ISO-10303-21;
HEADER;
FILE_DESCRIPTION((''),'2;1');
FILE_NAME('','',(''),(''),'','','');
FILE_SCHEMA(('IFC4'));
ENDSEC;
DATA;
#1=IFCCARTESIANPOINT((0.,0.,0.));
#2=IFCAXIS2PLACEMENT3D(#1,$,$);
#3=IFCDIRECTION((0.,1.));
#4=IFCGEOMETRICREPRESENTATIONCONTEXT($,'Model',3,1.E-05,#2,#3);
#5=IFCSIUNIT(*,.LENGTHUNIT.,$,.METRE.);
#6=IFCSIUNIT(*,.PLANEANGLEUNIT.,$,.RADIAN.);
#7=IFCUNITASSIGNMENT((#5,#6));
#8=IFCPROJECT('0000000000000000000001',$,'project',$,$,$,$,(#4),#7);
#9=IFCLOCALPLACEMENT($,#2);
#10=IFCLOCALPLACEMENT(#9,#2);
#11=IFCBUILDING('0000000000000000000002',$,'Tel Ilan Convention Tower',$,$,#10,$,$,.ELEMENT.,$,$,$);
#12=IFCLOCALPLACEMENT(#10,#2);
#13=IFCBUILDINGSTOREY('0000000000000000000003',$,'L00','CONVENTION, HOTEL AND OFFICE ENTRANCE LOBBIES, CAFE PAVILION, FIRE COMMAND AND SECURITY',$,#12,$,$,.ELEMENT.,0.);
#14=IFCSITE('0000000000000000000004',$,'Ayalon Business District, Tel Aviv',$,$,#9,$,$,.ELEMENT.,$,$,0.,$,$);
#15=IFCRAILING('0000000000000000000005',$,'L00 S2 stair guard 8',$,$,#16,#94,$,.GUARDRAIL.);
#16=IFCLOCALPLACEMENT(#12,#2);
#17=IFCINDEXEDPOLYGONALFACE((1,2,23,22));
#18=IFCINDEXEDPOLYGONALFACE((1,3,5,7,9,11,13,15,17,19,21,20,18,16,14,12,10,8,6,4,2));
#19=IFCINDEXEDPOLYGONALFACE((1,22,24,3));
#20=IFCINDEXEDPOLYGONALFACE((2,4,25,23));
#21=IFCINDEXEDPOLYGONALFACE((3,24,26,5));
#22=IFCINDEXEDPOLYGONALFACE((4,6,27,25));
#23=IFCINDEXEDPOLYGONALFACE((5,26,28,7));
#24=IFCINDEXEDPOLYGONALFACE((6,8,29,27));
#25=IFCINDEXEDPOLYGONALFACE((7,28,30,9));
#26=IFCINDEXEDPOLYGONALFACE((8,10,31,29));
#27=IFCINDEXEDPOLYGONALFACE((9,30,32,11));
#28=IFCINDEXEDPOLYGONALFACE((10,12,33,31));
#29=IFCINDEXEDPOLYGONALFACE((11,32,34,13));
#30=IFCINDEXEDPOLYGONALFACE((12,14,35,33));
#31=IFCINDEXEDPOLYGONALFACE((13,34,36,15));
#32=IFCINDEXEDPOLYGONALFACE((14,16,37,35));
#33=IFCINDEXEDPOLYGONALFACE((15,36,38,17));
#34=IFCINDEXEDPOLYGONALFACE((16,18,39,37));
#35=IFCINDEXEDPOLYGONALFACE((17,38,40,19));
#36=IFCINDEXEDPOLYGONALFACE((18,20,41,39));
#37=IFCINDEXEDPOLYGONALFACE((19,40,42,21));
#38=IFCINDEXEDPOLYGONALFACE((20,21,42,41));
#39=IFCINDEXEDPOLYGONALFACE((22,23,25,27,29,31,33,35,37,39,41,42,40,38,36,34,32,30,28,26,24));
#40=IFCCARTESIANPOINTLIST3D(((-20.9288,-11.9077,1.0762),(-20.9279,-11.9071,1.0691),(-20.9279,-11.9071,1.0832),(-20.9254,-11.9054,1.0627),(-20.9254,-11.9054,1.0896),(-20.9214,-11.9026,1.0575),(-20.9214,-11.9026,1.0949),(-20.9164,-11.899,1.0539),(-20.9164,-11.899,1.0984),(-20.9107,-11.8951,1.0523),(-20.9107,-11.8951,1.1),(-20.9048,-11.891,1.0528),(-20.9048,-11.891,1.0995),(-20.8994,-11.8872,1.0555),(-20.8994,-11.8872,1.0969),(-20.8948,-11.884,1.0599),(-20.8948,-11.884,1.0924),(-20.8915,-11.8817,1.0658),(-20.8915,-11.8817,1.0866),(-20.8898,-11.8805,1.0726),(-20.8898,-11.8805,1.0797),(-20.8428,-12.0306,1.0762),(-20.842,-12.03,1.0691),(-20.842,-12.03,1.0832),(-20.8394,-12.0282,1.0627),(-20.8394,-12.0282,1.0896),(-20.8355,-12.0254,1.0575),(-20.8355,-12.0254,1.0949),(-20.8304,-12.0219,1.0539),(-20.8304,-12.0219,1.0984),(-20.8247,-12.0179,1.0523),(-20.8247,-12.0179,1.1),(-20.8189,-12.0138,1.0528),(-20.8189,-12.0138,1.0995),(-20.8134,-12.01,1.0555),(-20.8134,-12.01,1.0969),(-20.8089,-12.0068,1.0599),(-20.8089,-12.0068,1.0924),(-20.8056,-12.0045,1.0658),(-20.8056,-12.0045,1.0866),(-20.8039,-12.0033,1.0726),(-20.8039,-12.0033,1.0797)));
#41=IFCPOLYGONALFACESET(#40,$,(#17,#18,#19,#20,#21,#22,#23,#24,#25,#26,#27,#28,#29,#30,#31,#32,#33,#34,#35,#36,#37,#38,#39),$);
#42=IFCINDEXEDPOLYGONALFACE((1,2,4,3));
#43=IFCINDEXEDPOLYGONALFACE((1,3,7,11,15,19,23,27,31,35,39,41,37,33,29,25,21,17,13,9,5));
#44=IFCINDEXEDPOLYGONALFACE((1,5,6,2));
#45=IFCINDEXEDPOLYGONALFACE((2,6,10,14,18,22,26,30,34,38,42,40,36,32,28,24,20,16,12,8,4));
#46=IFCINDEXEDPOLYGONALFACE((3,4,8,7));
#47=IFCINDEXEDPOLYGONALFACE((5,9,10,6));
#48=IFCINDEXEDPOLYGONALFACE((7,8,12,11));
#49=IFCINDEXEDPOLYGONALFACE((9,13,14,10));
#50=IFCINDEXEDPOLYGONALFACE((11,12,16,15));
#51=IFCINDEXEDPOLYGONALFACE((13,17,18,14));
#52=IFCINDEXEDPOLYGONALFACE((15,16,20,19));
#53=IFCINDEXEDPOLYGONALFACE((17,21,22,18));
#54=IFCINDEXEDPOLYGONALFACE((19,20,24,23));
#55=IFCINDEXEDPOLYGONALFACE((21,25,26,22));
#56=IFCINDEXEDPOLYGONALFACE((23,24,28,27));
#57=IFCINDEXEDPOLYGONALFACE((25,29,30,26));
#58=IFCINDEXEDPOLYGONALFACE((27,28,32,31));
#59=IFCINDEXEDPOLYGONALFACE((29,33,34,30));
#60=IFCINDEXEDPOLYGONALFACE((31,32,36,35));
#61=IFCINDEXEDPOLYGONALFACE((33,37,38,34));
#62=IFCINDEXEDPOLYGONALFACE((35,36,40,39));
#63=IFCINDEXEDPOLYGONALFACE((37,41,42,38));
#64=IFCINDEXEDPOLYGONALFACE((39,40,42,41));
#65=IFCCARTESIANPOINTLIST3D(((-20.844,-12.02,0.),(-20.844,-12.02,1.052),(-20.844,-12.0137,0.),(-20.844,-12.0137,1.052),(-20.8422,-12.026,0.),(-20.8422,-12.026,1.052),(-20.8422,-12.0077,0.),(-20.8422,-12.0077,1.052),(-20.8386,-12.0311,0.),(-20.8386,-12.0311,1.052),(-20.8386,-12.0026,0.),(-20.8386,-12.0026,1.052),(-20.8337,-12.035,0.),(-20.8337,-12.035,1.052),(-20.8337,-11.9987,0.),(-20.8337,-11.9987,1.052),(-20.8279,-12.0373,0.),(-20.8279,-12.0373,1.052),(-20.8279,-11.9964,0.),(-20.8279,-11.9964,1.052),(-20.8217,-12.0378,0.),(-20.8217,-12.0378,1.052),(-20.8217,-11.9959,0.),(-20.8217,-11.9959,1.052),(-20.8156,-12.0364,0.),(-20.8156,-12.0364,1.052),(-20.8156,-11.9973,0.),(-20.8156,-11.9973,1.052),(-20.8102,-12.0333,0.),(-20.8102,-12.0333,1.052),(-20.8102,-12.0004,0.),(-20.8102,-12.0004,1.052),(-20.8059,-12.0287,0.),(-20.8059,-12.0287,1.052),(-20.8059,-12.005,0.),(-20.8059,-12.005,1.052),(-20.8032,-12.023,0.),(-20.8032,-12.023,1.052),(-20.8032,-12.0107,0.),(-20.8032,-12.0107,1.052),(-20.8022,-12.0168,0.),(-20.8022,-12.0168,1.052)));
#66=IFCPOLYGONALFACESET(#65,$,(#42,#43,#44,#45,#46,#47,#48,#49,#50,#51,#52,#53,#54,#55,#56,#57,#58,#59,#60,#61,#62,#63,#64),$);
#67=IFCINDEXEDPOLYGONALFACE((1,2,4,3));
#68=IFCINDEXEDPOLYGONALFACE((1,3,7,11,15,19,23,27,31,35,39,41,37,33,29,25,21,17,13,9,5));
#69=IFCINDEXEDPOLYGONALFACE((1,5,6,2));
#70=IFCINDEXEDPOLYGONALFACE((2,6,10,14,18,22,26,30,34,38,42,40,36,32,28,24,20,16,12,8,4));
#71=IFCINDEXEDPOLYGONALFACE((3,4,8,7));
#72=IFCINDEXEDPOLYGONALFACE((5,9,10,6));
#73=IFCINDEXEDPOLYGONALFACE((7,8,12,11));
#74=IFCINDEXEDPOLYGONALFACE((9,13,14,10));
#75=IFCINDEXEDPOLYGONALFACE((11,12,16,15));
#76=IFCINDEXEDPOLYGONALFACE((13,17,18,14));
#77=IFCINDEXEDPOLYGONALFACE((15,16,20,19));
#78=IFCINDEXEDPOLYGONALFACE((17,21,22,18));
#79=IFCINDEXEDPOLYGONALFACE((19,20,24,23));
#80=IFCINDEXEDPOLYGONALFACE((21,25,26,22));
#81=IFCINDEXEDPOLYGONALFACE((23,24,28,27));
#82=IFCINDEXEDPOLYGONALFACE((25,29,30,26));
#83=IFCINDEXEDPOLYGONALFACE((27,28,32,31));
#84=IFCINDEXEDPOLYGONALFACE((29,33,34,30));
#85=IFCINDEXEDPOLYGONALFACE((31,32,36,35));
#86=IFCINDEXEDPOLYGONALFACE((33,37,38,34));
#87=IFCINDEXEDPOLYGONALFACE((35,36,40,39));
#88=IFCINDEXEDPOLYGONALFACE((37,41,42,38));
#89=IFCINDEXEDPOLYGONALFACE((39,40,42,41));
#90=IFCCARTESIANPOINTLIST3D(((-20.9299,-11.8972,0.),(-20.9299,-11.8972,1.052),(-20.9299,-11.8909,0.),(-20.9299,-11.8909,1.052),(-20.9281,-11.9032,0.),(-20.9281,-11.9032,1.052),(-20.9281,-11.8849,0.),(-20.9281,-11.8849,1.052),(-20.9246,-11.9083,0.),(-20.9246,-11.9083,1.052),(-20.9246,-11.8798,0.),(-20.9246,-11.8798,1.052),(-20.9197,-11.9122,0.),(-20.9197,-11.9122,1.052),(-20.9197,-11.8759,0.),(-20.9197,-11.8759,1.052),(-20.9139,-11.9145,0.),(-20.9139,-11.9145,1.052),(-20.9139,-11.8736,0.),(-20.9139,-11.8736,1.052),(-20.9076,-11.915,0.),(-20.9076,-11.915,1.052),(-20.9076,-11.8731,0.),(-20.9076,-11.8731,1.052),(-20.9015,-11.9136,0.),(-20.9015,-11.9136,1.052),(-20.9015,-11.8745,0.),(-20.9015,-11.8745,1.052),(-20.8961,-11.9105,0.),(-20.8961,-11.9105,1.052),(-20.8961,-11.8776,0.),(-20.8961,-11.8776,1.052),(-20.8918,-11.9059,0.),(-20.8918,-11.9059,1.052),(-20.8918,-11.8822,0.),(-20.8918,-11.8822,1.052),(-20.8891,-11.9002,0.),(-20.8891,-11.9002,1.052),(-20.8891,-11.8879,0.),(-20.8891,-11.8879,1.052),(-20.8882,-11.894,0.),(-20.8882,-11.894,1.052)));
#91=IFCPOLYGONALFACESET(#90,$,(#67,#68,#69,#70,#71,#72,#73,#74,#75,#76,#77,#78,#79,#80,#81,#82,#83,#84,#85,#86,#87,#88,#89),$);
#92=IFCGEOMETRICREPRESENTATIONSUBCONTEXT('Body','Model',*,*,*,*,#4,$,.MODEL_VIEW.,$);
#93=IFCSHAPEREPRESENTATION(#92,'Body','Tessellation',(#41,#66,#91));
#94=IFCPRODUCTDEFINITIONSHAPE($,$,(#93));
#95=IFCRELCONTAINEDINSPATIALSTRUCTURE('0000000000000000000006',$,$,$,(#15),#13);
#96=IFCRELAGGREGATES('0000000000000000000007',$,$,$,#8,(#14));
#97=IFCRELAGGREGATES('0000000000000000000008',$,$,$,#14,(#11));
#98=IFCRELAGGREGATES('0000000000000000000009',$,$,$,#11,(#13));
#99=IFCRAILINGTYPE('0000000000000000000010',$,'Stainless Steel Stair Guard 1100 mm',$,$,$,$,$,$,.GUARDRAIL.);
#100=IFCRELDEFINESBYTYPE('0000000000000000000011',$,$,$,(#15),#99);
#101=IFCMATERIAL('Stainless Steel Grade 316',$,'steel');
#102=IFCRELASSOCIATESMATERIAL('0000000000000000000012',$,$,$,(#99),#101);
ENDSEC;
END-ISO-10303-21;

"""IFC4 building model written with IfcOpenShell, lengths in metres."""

from ifc_helpers import new_model, si_unit, direction, frame, origin, origin_2d, place, context, subcontext, project, spatial, circle, extrude, material, type_object, element, save


model = new_model("IFC4")

# Units and contexts
model_context = context("Model", 3, precision=1e-05, world=origin(), true_north=direction((0.0, 1.0)))
body_context = subcontext(model_context, "Body", "Model", "MODEL_VIEW")
ifc_project = project(units=[si_unit("LENGTHUNIT", "METRE"), si_unit("PLANEANGLEUNIT", "RADIAN")], contexts=[model_context])

# Site, building, storey
site_placement = place(None, origin())
site = spatial("IfcSite", under=ifc_project, at=site_placement, Name="Ayalon Business District, Tel Aviv", CompositionType="ELEMENT", RefElevation=0.0)
building_placement = place(site_placement, origin())
building = spatial("IfcBuilding", under=site, at=building_placement, Name="Tel Ilan Convention Tower", CompositionType="ELEMENT")
storey_placement = place(building_placement, origin())
storey = spatial("IfcBuildingStorey", under=building, at=storey_placement, Name="L00", Description="CONVENTION, HOTEL AND OFFICE ENTRANCE LOBBIES, CAFE PAVILION, FIRE COMMAND AND SECURITY", CompositionType="ELEMENT", Elevation=0.0)

# Railing
ifc_material_1 = material(Name="Stainless Steel Grade 316", Category="steel")
railing_type_1 = type_object("IfcRailingType", Name="Stainless Steel Stair Guard 1100 mm", PredefinedType="GUARDRAIL", material=ifc_material_1)
railing_1_placement = place(storey_placement, frame((-20.8232, -12.0168, 0.0)))
element("IfcRailing", 1, at=railing_1_placement, inside=storey, type_object=railing_type_1, Name="L00 S2 stair guard 8", PredefinedType="GUARDRAIL", context=body_context, shape_type="SweptSolid", body=[
    extrude(circle(Radius=0.0239, at=origin_2d()), frame((0.0, 0.0, 1.0762), z_axis=(-0.573353, 0.819308, 0.0), x_axis=(-0.819308, -0.573353, 0.0)), (0.0, 0.0, 1.0), 0.1499),
    extrude(circle(Radius=0.021, at=origin_2d()), origin(), (0.0, 0.0, 1.0), 1.052),
    extrude(circle(Radius=0.021, at=origin_2d()), frame((-0.0859, 0.1228, 0.0)), (0.0, 0.0, 1.0), 1.052),
])

save(model, "model.ifc")
